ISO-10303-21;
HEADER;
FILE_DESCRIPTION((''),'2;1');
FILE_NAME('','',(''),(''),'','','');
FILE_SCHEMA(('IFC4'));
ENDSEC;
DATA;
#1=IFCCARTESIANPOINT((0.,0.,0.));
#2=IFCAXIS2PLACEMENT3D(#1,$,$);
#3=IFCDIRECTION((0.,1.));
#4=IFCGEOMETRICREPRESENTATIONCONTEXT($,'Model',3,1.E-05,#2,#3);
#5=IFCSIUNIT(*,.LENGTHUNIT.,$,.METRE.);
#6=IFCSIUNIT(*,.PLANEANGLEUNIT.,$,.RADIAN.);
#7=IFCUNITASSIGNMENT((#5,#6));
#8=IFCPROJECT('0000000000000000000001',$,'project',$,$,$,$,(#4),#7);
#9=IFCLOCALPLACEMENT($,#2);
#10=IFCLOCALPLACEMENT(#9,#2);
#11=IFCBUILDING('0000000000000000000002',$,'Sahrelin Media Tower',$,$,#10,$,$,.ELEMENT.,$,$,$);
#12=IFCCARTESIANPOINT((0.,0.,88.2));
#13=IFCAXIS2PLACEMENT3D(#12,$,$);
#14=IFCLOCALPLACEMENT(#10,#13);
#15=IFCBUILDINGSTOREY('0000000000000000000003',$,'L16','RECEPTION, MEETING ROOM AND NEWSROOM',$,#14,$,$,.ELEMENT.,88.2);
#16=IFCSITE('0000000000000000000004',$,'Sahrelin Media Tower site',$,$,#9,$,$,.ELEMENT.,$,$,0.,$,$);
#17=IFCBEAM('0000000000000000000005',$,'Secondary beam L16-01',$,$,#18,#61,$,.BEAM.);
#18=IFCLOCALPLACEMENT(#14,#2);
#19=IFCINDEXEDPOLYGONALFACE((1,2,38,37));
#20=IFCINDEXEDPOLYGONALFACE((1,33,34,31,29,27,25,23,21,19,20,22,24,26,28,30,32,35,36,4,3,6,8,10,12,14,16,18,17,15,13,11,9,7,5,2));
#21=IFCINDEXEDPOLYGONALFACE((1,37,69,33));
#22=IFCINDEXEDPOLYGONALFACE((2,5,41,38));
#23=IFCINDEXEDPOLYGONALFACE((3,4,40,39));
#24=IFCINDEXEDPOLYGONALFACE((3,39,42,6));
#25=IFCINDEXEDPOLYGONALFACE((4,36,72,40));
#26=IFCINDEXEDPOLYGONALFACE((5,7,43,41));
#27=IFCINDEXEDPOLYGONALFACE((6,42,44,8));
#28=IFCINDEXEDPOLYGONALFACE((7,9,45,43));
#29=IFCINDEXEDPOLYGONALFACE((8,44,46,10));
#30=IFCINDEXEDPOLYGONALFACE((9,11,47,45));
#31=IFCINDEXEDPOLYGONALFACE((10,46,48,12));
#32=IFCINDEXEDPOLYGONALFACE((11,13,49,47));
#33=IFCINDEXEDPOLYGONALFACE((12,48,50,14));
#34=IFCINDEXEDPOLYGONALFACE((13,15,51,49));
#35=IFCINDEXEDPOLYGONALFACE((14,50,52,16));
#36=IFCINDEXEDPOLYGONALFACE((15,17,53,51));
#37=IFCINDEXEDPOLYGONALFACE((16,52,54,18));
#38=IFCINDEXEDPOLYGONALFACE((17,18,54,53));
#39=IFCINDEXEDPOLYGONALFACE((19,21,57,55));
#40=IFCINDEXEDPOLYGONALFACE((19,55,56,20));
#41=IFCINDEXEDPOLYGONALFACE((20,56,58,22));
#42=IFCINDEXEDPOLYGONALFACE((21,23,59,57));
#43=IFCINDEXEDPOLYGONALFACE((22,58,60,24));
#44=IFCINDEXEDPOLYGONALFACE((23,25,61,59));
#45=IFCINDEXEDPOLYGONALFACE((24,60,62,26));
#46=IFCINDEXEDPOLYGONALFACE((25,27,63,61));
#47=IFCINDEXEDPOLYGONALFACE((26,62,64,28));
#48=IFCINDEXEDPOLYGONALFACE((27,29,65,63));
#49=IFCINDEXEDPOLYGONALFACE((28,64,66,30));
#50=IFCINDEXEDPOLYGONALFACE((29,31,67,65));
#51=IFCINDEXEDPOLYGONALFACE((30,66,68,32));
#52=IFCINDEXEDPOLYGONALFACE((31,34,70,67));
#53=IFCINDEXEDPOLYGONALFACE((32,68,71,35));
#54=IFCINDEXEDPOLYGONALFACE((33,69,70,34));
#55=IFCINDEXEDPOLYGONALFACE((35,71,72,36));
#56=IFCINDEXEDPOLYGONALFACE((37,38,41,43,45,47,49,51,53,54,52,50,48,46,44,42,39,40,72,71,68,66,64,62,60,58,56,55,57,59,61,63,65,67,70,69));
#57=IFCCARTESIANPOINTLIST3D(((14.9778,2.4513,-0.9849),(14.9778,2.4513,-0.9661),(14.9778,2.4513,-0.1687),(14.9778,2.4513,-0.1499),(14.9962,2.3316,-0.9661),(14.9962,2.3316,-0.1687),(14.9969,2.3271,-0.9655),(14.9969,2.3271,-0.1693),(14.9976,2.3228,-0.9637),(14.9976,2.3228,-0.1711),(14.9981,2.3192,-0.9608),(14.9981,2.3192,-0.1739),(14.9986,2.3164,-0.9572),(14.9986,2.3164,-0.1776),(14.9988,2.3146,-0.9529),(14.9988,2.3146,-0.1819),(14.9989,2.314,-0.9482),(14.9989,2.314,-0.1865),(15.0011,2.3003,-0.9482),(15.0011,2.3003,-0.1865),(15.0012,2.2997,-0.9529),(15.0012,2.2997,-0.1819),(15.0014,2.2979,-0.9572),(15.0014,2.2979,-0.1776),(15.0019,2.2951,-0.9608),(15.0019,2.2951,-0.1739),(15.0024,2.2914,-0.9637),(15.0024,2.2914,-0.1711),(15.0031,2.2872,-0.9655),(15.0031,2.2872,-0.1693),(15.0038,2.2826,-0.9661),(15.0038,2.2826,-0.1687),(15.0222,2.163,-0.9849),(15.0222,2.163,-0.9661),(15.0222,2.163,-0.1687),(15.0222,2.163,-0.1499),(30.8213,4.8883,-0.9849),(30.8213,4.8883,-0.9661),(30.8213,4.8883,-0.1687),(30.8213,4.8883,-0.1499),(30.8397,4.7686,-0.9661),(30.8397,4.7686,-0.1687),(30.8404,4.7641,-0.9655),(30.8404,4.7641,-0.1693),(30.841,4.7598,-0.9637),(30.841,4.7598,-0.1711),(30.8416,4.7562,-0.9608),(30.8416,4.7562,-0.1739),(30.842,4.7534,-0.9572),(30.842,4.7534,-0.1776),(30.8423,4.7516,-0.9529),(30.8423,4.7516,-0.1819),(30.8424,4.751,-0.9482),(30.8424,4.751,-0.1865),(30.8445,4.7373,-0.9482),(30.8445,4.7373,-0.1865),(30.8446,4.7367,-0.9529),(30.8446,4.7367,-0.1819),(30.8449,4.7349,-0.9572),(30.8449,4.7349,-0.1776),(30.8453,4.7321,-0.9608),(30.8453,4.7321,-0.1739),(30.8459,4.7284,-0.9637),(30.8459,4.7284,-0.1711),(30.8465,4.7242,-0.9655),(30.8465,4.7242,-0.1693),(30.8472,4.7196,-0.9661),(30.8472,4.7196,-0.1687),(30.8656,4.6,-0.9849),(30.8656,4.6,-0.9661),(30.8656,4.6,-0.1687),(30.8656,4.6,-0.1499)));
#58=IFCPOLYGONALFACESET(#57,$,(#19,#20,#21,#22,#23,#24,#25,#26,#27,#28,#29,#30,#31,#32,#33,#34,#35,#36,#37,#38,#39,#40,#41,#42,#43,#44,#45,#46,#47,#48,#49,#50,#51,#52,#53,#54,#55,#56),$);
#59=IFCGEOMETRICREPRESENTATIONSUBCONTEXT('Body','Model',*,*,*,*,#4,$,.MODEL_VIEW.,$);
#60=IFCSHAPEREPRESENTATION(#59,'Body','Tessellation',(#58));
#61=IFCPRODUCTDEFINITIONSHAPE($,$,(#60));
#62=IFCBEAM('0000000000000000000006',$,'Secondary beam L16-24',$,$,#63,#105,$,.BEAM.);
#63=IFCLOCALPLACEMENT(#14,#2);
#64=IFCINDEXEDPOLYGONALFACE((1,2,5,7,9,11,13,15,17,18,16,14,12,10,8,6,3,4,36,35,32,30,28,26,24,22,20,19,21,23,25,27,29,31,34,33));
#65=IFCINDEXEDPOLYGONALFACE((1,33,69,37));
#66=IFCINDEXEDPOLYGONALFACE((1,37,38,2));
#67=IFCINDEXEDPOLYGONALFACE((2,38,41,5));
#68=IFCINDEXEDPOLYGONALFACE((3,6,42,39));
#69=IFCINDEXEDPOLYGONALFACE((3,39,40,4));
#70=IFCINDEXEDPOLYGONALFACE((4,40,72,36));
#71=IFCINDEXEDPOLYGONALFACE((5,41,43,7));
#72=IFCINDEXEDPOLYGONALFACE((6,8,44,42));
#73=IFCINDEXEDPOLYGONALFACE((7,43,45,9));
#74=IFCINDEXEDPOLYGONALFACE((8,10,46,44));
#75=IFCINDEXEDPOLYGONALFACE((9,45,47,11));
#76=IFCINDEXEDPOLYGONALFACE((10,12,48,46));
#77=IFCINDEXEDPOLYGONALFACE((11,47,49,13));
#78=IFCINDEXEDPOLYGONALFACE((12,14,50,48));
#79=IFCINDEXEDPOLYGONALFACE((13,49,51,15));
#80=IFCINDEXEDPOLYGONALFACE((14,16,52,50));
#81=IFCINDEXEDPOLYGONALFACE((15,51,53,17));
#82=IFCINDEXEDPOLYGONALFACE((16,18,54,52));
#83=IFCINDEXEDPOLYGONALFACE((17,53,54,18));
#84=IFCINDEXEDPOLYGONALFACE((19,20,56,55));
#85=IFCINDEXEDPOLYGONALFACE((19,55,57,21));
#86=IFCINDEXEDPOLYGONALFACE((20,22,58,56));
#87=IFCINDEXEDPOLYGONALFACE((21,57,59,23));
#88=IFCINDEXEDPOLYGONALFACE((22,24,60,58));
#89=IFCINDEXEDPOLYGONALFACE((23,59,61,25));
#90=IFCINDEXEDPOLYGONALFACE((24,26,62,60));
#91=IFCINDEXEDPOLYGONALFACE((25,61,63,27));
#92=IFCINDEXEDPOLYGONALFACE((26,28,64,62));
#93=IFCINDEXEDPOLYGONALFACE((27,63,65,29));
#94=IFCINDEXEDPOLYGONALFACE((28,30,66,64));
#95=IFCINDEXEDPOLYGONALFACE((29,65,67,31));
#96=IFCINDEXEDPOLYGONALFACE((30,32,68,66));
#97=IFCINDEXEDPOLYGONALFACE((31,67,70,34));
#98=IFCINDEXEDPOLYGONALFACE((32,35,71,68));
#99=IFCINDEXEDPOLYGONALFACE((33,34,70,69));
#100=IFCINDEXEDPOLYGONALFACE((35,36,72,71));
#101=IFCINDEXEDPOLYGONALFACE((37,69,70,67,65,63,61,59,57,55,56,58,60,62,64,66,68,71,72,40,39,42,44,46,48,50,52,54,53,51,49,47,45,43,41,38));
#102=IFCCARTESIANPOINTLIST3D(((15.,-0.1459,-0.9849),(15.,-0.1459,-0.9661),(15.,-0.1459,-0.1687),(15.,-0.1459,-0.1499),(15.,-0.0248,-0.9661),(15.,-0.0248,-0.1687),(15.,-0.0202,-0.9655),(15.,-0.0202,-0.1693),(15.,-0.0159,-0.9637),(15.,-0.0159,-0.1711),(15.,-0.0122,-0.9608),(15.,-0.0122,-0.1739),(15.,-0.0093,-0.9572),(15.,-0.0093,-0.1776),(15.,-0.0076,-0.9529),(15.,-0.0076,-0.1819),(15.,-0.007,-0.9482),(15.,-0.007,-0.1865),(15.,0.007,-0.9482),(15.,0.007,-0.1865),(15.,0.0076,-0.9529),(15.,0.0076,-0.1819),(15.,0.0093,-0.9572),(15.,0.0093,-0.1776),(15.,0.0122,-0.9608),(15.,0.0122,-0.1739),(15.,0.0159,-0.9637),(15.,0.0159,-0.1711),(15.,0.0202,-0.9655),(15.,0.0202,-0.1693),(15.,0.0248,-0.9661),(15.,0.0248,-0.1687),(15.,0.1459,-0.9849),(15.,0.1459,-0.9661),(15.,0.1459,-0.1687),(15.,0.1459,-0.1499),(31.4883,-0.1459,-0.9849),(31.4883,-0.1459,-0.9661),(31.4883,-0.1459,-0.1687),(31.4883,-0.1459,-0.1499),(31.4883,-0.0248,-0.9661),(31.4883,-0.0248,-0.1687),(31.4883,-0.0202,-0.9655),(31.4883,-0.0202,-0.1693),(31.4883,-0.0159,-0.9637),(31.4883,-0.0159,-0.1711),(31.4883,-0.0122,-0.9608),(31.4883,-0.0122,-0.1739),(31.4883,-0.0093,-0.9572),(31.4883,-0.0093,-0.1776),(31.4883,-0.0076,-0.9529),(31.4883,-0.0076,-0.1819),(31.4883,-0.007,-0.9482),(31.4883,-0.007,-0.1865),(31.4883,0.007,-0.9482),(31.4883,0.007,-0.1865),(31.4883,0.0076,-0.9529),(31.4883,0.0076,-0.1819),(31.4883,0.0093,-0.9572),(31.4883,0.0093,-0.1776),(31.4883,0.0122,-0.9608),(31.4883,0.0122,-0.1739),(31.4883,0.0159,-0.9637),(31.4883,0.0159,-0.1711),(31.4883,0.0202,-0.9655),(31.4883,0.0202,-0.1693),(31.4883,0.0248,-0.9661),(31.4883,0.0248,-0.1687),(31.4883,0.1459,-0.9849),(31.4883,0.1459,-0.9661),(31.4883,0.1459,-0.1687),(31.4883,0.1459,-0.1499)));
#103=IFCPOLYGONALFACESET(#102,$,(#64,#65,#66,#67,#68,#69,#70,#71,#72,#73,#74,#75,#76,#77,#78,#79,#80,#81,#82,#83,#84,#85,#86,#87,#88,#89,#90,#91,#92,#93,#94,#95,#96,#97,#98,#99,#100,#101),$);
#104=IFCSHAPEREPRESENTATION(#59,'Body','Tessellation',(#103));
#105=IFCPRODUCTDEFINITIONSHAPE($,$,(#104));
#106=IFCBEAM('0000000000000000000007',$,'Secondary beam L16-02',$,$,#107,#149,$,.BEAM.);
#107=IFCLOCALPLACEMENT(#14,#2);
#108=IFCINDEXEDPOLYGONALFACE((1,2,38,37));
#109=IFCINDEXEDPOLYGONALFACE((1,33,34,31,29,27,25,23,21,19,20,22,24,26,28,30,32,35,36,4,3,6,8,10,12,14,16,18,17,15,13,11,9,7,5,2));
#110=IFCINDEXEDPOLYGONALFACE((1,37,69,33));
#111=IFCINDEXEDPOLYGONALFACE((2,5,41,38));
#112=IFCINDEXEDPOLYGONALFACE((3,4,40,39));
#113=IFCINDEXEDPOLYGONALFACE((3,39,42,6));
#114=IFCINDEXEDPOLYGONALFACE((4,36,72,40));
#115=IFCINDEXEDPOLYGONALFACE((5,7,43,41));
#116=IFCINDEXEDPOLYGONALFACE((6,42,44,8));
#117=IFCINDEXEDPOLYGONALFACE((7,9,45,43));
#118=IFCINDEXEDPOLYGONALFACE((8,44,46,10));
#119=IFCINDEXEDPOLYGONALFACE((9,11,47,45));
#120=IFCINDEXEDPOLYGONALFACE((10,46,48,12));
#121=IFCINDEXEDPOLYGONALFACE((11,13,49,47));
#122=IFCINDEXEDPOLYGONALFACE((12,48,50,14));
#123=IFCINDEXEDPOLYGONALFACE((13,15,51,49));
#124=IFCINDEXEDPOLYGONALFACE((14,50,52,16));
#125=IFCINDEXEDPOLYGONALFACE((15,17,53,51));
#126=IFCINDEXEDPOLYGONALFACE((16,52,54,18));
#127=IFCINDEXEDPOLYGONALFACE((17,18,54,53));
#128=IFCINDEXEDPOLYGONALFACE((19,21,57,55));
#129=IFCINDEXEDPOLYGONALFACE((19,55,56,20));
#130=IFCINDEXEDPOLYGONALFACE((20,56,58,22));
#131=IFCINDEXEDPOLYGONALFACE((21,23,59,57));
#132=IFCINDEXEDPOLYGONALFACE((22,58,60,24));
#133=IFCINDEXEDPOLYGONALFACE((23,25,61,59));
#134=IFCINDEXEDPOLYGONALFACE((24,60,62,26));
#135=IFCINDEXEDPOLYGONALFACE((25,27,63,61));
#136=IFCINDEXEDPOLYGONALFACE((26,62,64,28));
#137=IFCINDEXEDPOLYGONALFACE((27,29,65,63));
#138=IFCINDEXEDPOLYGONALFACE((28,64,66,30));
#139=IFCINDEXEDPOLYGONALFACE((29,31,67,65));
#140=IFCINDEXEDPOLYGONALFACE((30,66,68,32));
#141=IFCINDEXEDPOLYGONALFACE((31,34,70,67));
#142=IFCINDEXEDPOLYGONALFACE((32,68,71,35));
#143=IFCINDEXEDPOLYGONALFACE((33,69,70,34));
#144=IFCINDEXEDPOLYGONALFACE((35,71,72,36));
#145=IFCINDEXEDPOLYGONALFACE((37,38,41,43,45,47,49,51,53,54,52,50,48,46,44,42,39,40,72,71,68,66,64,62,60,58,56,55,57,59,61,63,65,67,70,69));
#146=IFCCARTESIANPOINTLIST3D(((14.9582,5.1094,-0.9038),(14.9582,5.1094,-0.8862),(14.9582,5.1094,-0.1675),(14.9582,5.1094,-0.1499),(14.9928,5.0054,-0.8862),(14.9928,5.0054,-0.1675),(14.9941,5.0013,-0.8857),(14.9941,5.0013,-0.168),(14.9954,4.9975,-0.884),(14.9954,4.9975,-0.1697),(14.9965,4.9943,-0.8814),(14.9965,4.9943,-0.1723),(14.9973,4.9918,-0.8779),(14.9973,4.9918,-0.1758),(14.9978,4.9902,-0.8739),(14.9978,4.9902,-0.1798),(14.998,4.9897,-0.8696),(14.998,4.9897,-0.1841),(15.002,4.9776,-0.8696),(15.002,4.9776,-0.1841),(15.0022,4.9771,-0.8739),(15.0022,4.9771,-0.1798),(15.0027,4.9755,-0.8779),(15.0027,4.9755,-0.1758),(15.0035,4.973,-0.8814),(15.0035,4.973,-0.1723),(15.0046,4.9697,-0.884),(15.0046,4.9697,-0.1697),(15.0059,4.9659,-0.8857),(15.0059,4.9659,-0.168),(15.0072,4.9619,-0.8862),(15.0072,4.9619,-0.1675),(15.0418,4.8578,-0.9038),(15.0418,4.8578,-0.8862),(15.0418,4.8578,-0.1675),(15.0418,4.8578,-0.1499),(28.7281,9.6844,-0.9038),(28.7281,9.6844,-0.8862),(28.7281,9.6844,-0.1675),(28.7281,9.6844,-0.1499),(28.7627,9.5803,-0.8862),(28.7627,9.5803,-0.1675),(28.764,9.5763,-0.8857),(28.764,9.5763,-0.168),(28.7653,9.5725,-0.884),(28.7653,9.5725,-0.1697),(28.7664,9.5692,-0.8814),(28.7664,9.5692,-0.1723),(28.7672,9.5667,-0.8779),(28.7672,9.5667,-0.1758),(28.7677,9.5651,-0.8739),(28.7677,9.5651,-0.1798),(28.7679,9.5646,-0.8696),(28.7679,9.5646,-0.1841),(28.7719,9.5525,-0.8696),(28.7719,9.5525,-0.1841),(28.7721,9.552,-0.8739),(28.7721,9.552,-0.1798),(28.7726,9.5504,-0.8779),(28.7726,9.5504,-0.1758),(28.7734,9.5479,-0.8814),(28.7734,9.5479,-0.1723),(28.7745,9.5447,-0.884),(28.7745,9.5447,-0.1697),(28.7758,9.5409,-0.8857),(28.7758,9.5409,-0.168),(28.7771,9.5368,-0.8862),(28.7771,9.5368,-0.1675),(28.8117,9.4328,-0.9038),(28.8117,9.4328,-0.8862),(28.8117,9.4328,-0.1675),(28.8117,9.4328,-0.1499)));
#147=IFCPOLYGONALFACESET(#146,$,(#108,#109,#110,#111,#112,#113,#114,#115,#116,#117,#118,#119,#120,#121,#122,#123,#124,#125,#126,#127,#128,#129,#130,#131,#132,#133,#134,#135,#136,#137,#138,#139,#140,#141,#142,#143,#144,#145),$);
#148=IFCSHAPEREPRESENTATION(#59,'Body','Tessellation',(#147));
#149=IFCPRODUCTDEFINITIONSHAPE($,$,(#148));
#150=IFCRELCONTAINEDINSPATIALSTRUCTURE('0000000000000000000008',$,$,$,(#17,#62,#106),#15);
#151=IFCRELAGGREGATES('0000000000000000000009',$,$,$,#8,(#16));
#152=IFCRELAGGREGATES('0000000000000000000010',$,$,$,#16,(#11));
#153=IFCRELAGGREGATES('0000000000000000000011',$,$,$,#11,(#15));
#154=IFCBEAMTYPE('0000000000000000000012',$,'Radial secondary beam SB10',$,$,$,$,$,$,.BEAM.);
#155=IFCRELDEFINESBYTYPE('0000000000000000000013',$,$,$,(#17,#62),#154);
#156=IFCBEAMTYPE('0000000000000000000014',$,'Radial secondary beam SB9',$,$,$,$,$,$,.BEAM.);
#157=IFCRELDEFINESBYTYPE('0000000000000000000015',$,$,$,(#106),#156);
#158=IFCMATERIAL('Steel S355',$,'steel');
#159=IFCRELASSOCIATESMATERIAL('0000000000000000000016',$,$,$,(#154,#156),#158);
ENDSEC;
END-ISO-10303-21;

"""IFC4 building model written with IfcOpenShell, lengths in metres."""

from ifc_helpers import new_model, si_unit, direction, frame, origin, origin_2d, place, context, subcontext, project, spatial, i_section, extrude, material, material_profile, profile_set, type_object, element, save


model = new_model("IFC4")

# Units and contexts
model_context = context("Model", 3, precision=1e-05, world=origin(), true_north=direction((0.0, 1.0)))
body_context = subcontext(model_context, "Body", "Model", "MODEL_VIEW")
ifc_project = project(units=[si_unit("LENGTHUNIT", "METRE"), si_unit("PLANEANGLEUNIT", "RADIAN")], contexts=[model_context])

# Site, building, storey
site_placement = place(None, origin())
site = spatial("IfcSite", under=ifc_project, at=site_placement, Name="Sahrelin Media Tower site", CompositionType="ELEMENT", RefElevation=0.0)
building_placement = place(site_placement, origin())
building = spatial("IfcBuilding", under=site, at=building_placement, Name="Sahrelin Media Tower", CompositionType="ELEMENT")
storey_placement = place(building_placement, frame((0.0, 0.0, 88.2)))
storey = spatial("IfcBuildingStorey", under=building, at=storey_placement, Name="L16", Description="RECEPTION, MEETING ROOM AND NEWSROOM", CompositionType="ELEMENT", Elevation=88.2)

# Beams
ifc_material_1 = material(Name="Steel S355", Category="steel")
ifc_material_profile_1 = material_profile(ifc_material_1, i_section(OverallWidth=0.2917, OverallDepth=0.835, WebThickness=0.0139, FlangeThickness=0.0188, FilletRadius=0.0178, at=origin_2d()), Name="UB 838x292x176")
ifc_profile_set_1 = profile_set([ifc_material_profile_1], Name="Steel S355")
beam_type_1 = type_object("IfcBeamType", Name="Radial secondary beam SB10", PredefinedType="BEAM", material=ifc_profile_set_1)
beam_1_placement = place(storey_placement, frame((15.0, 2.3071, -0.5674), z_axis=(0.988376, 0.15203, 0.0), x_axis=(-0.15203, 0.988376, 0.0)))
element("IfcBeam", 1, at=beam_1_placement, inside=storey, type_object=beam_type_1, Name="Secondary beam L16-01", PredefinedType="BEAM", context=body_context, shape_type="SweptSolid", body=[
    extrude(i_section(OverallWidth=0.2917, OverallDepth=0.835, WebThickness=0.0139, FlangeThickness=0.0188, FilletRadius=0.0178, at=origin_2d()), origin(), (0.0, 0.0, 1.0), 16.0298),
])
beam_2_placement = place(storey_placement, frame((15.0, 0.0, -0.5674), z_axis=(1.0, 0.0, 0.0), x_axis=(0.0, 1.0, 0.0)))
element("IfcBeam", 2, at=beam_2_placement, inside=storey, type_object=beam_type_1, Name="Secondary beam L16-24", PredefinedType="BEAM", context=body_context, shape_type="SweptSolid", body=[
    extrude(i_section(OverallWidth=0.2917, OverallDepth=0.835, WebThickness=0.0139, FlangeThickness=0.0188, FilletRadius=0.0178, at=origin_2d()), origin(), (0.0, 0.0, 1.0), 16.4883),
])
ifc_material_profile_2 = material_profile(ifc_material_1, i_section(OverallWidth=0.2651, OverallDepth=0.7539, WebThickness=0.0127, FlangeThickness=0.0176, FilletRadius=0.0166, at=origin_2d()), Name="UB 762x267x147")
ifc_profile_set_2 = profile_set([ifc_material_profile_2], Name="Steel S355")
beam_type_2 = type_object("IfcBeamType", Name="Radial secondary beam SB9", PredefinedType="BEAM", material=ifc_profile_set_2)
beam_3_placement = place(storey_placement, frame((15.0, 4.9836, -0.5269), z_axis=(0.948994, 0.315294, 0.0), x_axis=(-0.315294, 0.948994, 0.0)))
element("IfcBeam", 3, at=beam_3_placement, inside=storey, type_object=beam_type_2, Name="Secondary beam L16-02", PredefinedType="BEAM", context=body_context, shape_type="SweptSolid", body=[
    extrude(i_section(OverallWidth=0.2651, OverallDepth=0.7539, WebThickness=0.0127, FlangeThickness=0.0176, FilletRadius=0.0166, at=origin_2d()), origin(), (0.0, 0.0, 1.0), 14.51),
])

save(model, "model.ifc")
